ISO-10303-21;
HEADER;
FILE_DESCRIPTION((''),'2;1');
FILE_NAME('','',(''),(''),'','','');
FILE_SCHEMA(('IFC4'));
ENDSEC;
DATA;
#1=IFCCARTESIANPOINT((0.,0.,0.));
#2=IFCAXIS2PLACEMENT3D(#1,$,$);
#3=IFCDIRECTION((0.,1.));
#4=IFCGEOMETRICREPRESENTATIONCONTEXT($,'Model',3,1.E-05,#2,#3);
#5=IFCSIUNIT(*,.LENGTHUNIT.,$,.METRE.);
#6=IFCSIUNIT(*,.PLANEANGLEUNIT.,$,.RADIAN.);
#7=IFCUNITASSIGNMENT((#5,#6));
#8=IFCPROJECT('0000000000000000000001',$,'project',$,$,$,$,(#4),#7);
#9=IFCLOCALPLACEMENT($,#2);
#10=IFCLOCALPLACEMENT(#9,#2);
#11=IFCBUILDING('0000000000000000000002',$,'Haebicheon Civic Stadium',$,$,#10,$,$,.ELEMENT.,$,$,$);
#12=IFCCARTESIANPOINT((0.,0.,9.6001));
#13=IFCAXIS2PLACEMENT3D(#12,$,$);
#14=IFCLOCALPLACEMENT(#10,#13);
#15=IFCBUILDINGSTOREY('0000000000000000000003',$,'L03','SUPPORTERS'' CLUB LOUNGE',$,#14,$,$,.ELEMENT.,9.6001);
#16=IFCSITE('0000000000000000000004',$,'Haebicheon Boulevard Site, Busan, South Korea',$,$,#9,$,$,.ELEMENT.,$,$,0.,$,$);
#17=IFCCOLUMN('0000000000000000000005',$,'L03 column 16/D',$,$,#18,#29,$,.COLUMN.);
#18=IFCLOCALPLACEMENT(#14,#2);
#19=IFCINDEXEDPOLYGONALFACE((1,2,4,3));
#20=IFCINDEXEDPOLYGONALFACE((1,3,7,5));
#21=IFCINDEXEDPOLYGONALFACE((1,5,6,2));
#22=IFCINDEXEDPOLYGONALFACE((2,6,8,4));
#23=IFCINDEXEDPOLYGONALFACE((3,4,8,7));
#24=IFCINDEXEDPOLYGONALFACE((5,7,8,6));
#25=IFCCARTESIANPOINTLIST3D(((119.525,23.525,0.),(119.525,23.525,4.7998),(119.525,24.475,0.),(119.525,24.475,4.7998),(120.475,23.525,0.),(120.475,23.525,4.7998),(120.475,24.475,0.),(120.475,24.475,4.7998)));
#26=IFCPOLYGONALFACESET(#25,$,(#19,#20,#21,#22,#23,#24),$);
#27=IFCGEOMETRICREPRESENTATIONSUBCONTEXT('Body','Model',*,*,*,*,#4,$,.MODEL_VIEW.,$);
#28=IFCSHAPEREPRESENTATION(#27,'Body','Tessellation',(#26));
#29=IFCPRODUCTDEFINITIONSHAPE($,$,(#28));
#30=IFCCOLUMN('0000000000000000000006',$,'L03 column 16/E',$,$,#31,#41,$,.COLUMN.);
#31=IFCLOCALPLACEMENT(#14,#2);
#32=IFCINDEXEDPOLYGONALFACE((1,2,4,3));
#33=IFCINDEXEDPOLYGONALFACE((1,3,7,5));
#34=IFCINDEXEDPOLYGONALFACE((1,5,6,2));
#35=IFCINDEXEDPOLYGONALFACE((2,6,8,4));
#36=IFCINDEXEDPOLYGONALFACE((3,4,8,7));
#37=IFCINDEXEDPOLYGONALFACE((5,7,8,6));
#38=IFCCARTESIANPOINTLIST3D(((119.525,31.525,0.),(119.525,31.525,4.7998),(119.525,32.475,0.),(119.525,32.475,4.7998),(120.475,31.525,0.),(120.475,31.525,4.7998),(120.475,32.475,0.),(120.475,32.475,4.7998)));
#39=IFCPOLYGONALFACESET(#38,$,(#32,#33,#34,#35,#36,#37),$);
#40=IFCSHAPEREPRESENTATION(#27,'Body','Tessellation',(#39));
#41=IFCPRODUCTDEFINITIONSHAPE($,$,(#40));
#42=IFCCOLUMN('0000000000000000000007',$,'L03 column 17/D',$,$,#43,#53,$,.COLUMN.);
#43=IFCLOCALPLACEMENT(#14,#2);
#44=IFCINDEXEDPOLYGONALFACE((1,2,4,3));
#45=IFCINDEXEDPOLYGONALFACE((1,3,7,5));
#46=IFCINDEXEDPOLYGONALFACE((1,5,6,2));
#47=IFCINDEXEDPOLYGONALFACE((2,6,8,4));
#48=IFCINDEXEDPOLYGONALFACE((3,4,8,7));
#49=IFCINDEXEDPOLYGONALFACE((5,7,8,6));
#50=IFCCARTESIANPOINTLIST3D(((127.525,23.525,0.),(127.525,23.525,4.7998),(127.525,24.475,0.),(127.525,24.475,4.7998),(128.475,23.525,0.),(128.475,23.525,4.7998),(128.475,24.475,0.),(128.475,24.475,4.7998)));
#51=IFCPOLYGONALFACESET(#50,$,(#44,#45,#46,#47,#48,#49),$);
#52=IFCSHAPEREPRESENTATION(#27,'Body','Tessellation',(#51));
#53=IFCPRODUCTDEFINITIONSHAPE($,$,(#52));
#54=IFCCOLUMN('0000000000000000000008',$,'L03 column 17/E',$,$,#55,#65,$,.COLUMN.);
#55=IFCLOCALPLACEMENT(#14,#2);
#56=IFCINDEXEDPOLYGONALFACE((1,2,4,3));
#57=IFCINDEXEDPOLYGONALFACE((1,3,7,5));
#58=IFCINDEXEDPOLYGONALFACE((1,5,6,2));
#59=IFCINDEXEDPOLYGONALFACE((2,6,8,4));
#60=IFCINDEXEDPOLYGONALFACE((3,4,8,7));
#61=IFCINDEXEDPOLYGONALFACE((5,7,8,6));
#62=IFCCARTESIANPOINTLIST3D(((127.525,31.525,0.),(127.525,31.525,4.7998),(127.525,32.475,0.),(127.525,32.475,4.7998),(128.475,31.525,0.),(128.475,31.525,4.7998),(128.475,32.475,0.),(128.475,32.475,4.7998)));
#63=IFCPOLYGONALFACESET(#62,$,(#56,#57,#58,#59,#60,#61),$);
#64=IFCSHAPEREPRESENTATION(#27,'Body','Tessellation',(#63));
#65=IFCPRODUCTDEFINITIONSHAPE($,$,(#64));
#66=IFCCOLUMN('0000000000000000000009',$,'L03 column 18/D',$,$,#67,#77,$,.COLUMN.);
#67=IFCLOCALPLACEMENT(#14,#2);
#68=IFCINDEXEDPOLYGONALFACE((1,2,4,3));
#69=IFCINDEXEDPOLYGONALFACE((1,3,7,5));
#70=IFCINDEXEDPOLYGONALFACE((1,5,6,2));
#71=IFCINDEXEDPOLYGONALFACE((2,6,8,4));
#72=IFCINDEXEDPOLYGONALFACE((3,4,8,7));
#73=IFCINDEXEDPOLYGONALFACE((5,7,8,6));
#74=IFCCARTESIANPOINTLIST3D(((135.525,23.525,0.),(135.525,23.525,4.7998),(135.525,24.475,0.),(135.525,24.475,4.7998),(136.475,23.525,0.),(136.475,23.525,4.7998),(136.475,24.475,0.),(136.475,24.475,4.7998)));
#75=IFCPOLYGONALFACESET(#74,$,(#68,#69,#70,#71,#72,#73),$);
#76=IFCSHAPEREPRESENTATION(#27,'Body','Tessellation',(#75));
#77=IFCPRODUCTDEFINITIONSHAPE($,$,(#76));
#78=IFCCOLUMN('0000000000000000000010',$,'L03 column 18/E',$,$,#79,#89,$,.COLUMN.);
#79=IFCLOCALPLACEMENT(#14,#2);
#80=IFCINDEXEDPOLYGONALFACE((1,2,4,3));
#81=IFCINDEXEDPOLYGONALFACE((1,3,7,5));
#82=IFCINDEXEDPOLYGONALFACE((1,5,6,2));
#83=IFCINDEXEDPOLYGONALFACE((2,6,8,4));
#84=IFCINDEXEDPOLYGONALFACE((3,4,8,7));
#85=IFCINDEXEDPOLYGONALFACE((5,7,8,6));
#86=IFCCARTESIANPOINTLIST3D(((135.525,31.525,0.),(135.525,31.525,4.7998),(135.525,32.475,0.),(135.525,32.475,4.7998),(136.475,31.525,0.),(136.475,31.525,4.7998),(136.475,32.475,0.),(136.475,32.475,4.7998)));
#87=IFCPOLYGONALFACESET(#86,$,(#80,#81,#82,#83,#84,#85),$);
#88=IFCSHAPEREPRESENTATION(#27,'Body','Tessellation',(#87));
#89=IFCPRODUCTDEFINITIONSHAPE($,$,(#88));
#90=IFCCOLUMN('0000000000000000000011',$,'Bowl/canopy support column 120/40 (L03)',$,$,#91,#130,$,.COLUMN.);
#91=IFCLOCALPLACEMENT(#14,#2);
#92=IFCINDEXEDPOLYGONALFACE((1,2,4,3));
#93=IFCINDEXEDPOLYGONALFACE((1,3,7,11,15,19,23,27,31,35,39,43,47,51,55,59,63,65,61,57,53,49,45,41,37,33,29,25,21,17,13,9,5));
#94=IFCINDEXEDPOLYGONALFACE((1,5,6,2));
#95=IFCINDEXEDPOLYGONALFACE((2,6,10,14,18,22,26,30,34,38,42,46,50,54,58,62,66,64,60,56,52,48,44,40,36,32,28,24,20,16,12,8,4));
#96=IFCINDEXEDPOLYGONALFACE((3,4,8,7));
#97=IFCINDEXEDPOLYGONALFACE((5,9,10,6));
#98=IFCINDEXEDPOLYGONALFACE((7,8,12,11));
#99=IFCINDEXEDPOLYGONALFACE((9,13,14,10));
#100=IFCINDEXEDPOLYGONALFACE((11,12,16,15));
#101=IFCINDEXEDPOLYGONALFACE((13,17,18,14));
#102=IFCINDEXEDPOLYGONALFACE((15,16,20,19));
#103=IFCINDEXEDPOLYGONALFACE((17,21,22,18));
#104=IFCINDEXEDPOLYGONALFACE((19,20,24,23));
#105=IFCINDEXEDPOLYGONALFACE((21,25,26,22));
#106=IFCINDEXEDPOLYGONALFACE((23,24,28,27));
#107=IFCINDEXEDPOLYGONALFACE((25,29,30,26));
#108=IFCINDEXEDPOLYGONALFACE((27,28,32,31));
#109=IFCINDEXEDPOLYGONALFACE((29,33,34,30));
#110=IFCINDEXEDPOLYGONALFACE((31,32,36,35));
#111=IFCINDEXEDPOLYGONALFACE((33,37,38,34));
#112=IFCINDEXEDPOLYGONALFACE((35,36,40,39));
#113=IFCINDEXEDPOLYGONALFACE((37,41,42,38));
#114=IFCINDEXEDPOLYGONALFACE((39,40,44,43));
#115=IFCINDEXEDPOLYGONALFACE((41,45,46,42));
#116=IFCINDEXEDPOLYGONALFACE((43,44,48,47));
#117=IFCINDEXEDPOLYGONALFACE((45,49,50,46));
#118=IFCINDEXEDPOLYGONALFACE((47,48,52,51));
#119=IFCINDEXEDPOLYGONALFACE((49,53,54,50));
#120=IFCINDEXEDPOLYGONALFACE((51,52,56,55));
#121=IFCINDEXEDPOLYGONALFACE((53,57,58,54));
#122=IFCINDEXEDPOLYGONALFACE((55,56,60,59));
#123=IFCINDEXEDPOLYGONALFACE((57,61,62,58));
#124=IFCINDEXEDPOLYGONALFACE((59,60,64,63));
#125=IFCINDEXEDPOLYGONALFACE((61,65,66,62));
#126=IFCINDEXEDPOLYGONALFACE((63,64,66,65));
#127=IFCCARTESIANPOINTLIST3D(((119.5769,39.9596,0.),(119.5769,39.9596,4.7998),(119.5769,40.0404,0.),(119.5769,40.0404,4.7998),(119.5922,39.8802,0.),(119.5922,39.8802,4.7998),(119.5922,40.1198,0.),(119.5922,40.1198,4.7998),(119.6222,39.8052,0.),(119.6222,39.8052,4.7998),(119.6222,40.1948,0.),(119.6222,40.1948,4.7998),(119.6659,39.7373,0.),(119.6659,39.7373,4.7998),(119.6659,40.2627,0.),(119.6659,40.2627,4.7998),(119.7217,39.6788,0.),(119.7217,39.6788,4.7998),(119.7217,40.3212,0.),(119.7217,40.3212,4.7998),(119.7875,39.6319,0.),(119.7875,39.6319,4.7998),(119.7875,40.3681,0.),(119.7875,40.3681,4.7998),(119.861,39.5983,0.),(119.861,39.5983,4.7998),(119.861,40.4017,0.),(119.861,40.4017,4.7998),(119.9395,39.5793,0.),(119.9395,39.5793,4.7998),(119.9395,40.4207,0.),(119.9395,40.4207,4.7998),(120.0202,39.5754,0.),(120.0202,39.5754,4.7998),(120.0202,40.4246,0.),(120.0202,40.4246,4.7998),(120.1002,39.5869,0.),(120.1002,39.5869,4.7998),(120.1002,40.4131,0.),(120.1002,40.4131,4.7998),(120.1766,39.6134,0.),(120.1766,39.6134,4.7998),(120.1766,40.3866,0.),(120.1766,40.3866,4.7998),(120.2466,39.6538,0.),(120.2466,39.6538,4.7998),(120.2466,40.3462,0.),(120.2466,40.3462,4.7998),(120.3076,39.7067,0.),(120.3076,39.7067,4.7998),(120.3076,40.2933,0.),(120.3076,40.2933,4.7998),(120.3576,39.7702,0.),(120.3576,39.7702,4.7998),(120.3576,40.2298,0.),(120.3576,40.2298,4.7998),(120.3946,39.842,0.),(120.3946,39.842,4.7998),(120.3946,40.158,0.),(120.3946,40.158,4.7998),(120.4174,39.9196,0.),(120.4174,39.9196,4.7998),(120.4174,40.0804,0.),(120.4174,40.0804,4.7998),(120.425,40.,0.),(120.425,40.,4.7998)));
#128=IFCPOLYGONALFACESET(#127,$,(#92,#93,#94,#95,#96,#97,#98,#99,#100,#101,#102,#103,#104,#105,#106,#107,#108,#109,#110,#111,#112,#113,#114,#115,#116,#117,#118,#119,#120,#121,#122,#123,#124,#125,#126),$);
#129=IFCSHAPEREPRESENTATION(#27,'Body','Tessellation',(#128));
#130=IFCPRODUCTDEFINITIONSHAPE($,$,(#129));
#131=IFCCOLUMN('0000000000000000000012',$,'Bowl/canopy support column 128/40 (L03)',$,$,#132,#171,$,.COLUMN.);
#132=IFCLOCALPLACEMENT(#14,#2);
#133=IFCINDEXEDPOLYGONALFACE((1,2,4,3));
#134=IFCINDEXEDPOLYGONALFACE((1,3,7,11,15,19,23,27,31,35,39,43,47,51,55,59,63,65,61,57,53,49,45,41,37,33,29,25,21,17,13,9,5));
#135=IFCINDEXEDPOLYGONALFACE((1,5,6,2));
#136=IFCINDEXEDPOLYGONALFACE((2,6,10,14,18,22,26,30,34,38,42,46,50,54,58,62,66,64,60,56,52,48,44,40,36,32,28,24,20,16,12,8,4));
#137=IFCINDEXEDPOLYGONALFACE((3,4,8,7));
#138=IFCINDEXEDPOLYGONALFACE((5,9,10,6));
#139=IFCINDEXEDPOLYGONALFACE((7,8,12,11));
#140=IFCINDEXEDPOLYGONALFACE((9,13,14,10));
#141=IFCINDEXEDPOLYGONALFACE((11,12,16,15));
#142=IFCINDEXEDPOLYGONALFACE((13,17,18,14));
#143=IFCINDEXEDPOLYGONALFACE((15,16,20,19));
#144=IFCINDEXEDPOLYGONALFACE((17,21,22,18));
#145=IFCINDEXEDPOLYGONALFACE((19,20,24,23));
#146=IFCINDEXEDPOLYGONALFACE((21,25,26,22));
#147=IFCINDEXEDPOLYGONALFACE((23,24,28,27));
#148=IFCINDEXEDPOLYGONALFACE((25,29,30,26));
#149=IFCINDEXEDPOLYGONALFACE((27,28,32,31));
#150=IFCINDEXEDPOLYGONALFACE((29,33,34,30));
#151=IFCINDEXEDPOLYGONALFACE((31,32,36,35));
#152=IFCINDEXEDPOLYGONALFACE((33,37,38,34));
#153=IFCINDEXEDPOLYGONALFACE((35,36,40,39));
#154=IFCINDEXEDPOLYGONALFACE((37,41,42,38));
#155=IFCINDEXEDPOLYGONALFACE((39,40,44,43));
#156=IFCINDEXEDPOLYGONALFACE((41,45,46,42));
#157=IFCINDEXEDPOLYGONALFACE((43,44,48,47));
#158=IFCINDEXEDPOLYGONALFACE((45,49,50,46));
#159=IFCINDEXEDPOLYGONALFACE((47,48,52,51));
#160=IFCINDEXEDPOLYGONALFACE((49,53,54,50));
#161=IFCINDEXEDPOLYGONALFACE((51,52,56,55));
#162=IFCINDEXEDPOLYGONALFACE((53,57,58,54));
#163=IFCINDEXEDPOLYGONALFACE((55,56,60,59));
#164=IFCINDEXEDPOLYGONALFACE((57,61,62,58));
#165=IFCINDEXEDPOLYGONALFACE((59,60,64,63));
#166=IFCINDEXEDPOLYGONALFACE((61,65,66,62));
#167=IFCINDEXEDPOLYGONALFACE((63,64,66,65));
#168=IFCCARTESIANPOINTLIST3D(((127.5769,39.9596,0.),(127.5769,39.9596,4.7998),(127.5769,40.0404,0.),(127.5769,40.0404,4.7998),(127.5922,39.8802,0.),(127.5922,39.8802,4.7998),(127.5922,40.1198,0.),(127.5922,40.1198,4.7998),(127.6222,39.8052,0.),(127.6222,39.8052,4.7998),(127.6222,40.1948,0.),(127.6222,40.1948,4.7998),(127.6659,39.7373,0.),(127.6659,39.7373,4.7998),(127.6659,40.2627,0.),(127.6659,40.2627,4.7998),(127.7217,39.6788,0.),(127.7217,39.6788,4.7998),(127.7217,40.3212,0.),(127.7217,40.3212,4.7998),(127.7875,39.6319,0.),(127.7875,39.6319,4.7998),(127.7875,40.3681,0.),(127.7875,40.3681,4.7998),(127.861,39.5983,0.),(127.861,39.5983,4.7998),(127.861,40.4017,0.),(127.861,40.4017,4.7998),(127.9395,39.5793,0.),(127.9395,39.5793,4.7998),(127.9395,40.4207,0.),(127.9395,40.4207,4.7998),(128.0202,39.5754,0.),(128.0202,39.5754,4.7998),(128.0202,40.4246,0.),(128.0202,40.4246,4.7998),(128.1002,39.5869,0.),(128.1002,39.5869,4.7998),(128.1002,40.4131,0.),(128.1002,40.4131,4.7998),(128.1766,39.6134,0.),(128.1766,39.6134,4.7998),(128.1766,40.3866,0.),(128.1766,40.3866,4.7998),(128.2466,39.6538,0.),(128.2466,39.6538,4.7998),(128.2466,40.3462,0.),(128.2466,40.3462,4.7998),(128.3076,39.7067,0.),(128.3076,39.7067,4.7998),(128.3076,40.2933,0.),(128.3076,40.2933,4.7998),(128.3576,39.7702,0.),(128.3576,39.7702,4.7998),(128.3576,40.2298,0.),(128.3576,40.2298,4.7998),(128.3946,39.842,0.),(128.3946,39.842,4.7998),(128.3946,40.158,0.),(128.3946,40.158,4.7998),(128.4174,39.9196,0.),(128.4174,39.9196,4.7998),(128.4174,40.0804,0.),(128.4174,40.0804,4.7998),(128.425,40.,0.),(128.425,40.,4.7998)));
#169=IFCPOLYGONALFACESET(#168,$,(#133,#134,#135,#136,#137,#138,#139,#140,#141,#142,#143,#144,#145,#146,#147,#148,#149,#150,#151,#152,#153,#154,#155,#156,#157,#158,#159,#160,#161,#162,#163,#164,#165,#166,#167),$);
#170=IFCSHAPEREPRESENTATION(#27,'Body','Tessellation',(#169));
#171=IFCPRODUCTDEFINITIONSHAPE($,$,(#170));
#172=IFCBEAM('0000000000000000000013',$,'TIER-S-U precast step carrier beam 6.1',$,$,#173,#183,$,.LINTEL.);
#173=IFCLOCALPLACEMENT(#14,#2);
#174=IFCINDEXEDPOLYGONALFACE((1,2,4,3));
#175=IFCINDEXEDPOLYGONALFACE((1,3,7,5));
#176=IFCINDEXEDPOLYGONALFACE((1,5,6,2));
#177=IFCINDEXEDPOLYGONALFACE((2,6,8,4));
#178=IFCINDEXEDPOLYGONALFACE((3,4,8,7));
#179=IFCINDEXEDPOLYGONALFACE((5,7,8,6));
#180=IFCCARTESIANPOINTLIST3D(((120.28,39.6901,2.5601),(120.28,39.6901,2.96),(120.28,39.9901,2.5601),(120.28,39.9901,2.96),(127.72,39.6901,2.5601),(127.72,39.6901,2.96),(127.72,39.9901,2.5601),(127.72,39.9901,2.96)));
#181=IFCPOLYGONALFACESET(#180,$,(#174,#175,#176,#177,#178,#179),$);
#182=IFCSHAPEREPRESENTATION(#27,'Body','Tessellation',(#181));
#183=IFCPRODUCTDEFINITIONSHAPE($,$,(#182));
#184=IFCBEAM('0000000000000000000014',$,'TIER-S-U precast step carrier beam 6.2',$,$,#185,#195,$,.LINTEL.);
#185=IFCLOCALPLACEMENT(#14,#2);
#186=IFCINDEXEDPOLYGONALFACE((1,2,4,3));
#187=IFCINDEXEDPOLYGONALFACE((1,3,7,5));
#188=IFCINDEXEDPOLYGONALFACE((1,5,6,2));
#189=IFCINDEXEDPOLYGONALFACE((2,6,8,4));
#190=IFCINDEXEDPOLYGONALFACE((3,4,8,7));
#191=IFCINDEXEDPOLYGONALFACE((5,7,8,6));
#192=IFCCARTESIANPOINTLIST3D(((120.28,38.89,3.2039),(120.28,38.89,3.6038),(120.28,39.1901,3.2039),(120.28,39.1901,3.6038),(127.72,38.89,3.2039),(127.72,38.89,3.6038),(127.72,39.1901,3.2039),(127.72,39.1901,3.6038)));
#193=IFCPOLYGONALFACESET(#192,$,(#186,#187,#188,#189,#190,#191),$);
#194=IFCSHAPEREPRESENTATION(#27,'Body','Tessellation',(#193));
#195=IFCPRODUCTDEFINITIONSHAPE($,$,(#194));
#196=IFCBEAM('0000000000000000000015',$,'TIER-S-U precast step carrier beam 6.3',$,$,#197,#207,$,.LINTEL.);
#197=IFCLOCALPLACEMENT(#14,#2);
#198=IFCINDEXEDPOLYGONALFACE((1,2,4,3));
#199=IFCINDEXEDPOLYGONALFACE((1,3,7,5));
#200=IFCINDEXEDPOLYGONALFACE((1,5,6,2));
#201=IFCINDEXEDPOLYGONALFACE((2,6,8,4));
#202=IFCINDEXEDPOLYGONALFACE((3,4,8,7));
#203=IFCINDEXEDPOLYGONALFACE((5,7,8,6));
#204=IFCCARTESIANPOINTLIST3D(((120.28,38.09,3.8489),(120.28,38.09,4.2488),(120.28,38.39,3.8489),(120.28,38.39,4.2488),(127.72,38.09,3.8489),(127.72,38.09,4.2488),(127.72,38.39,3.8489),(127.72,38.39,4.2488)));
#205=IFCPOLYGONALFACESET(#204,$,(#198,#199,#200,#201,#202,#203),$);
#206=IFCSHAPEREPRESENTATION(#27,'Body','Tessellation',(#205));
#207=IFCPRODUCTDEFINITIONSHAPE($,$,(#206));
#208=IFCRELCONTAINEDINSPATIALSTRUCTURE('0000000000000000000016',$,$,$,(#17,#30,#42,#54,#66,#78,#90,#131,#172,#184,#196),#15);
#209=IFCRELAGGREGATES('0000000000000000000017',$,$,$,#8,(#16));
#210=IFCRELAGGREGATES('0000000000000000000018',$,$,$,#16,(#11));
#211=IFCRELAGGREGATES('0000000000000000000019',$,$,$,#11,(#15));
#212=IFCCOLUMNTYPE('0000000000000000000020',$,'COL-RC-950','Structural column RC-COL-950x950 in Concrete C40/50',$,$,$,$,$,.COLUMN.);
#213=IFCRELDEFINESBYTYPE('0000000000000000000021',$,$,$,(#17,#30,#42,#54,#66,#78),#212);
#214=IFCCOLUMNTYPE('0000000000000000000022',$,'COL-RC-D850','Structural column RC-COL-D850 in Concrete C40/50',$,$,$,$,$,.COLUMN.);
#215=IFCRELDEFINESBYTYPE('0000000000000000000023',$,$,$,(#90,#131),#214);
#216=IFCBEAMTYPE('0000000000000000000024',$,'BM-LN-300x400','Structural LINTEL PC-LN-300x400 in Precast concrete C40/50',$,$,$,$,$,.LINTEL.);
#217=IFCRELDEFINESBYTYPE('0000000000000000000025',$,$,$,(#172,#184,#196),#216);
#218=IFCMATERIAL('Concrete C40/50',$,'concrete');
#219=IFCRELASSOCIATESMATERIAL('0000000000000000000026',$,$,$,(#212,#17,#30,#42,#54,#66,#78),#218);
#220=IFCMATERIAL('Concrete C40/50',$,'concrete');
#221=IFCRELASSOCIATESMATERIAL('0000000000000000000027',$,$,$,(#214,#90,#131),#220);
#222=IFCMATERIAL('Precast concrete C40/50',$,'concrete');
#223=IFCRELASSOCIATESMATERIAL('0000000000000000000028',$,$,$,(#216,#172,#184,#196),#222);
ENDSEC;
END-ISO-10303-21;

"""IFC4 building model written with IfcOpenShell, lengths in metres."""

from ifc_helpers import new_model, si_unit, direction, frame, origin, origin_2d, place, context, subcontext, project, spatial, rectangle, circle, extrude, material, material_profile, profile_set, type_object, element, save


model = new_model("IFC4")

# Units and contexts
model_context = context("Model", 3, precision=1e-05, world=origin(), true_north=direction((0.0, 1.0)))
body_context = subcontext(model_context, "Body", "Model", "MODEL_VIEW")
ifc_project = project(units=[si_unit("LENGTHUNIT", "METRE"), si_unit("PLANEANGLEUNIT", "RADIAN")], contexts=[model_context])

# Site, building, storey
site_placement = place(None, origin())
site = spatial("IfcSite", under=ifc_project, at=site_placement, Name="Haebicheon Boulevard Site, Busan, South Korea", CompositionType="ELEMENT", RefElevation=0.0)
building_placement = place(site_placement, origin())
building = spatial("IfcBuilding", under=site, at=building_placement, Name="Haebicheon Civic Stadium", CompositionType="ELEMENT")
storey_placement = place(building_placement, frame((0.0, 0.0, 9.6001)))
storey = spatial("IfcBuildingStorey", under=building, at=storey_placement, Name="L03", Description="SUPPORTERS' CLUB LOUNGE", CompositionType="ELEMENT", Elevation=9.6001)

# Columns
ifc_material_1 = material(Name="Concrete C40/50", Category="concrete")
ifc_material_profile_1 = material_profile(ifc_material_1, rectangle(XDim=0.95, YDim=0.95, at=origin_2d()), Name="RC-COL-950x950")
ifc_profile_set_1 = profile_set([ifc_material_profile_1], Name="Concrete C40/50")
column_type_1 = type_object("IfcColumnType", Name="COL-RC-950", Description="Structural column RC-COL-950x950 in Concrete C40/50", PredefinedType="COLUMN", material=ifc_profile_set_1)
for number, where, z_axis, x_axis, name in (
    (1, (120.0, 24.0, 0.0), (0.0, 0.0, 1.0), (1.0, 0.0, 0.0), "L03 column 16/D"),
    (2, (120.0, 32.0, 0.0), (0.0, 0.0, 1.0), (1.0, 0.0, 0.0), "L03 column 16/E"),
    (3, (128.0, 24.0, 0.0), (0.0, 0.0, 1.0), (1.0, 0.0, 0.0), "L03 column 17/D"),
    (4, (128.0, 32.0, 0.0), (0.0, 0.0, 1.0), (1.0, 0.0, 0.0), "L03 column 17/E"),
    (5, (136.0, 24.0, 0.0), (0.0, 0.0, 1.0), (1.0, 0.0, 0.0), "L03 column 18/D"),
    (6, (136.0, 32.0, 0.0), (0.0, 0.0, 1.0), (1.0, 0.0, 0.0), "L03 column 18/E"),
):
    element("IfcColumn", number, at=place(storey_placement, frame(where, z_axis=z_axis, x_axis=x_axis)), inside=storey, type_object=column_type_1, material=ifc_profile_set_1, Name=name, PredefinedType="COLUMN", context=body_context, shape_type="SweptSolid", body=[
        extrude(rectangle(XDim=0.95, YDim=0.95, at=origin_2d()), origin(), (0.0, 0.0, 1.0), 4.7998),
    ])
ifc_material_2 = material(Name="Concrete C40/50", Category="concrete")
ifc_material_profile_2 = material_profile(ifc_material_2, circle(Radius=0.425, at=origin_2d()), Name="RC-COL-D850")
ifc_profile_set_2 = profile_set([ifc_material_profile_2], Name="Concrete C40/50")
column_type_2 = type_object("IfcColumnType", Name="COL-RC-D850", Description="Structural column RC-COL-D850 in Concrete C40/50", PredefinedType="COLUMN", material=ifc_profile_set_2)
for number, where, z_axis, x_axis, name in (
    (7, (120.0, 40.0, 0.0), (0.0, 0.0, 1.0), (1.0, 0.0, 0.0), "Bowl/canopy support column 120/40 (L03)"),
    (8, (128.0, 40.0, 0.0), (0.0, 0.0, 1.0), (1.0, 0.0, 0.0), "Bowl/canopy support column 128/40 (L03)"),
):
    element("IfcColumn", number, at=place(storey_placement, frame(where, z_axis=z_axis, x_axis=x_axis)), inside=storey, type_object=column_type_2, material=ifc_profile_set_2, Name=name, PredefinedType="COLUMN", context=body_context, shape_type="SweptSolid", body=[
        extrude(circle(Radius=0.425, at=origin_2d()), origin(), (0.0, 0.0, 1.0), 4.7998),
    ])

# Beams
ifc_material_3 = material(Name="Precast concrete C40/50", Category="concrete")
ifc_material_profile_3 = material_profile(ifc_material_3, rectangle(XDim=0.3, YDim=0.3999, at=origin_2d()), Name="PC-LN-300x400")
ifc_profile_set_3 = profile_set([ifc_material_profile_3], Name="Precast concrete C40/50")
beam_type_1 = type_object("IfcBeamType", Name="BM-LN-300x400", Description="Structural LINTEL PC-LN-300x400 in Precast concrete C40/50", PredefinedType="LINTEL", material=ifc_profile_set_3)
for number, where, z_axis, x_axis, name in (
    (9, (120.28, 39.8401, 2.76), (1.0, 0.0, 0.0), (0.0, 1.0, 0.0), "TIER-S-U precast step carrier beam 6.1"),
    (10, (120.28, 39.04, 3.4038), (1.0, 0.0, 0.0), (0.0, 1.0, 0.0), "TIER-S-U precast step carrier beam 6.2"),
    (11, (120.28, 38.24, 4.0488), (1.0, 0.0, 0.0), (0.0, 1.0, 0.0), "TIER-S-U precast step carrier beam 6.3"),
):
    element("IfcBeam", number, at=place(storey_placement, frame(where, z_axis=z_axis, x_axis=x_axis)), inside=storey, type_object=beam_type_1, material=ifc_profile_set_3, Name=name, PredefinedType="LINTEL", context=body_context, shape_type="SweptSolid", body=[
        extrude(rectangle(XDim=0.3, YDim=0.3999, at=origin_2d()), origin(), (0.0, 0.0, 1.0), 7.4399),
    ])

save(model, "model.ifc")
